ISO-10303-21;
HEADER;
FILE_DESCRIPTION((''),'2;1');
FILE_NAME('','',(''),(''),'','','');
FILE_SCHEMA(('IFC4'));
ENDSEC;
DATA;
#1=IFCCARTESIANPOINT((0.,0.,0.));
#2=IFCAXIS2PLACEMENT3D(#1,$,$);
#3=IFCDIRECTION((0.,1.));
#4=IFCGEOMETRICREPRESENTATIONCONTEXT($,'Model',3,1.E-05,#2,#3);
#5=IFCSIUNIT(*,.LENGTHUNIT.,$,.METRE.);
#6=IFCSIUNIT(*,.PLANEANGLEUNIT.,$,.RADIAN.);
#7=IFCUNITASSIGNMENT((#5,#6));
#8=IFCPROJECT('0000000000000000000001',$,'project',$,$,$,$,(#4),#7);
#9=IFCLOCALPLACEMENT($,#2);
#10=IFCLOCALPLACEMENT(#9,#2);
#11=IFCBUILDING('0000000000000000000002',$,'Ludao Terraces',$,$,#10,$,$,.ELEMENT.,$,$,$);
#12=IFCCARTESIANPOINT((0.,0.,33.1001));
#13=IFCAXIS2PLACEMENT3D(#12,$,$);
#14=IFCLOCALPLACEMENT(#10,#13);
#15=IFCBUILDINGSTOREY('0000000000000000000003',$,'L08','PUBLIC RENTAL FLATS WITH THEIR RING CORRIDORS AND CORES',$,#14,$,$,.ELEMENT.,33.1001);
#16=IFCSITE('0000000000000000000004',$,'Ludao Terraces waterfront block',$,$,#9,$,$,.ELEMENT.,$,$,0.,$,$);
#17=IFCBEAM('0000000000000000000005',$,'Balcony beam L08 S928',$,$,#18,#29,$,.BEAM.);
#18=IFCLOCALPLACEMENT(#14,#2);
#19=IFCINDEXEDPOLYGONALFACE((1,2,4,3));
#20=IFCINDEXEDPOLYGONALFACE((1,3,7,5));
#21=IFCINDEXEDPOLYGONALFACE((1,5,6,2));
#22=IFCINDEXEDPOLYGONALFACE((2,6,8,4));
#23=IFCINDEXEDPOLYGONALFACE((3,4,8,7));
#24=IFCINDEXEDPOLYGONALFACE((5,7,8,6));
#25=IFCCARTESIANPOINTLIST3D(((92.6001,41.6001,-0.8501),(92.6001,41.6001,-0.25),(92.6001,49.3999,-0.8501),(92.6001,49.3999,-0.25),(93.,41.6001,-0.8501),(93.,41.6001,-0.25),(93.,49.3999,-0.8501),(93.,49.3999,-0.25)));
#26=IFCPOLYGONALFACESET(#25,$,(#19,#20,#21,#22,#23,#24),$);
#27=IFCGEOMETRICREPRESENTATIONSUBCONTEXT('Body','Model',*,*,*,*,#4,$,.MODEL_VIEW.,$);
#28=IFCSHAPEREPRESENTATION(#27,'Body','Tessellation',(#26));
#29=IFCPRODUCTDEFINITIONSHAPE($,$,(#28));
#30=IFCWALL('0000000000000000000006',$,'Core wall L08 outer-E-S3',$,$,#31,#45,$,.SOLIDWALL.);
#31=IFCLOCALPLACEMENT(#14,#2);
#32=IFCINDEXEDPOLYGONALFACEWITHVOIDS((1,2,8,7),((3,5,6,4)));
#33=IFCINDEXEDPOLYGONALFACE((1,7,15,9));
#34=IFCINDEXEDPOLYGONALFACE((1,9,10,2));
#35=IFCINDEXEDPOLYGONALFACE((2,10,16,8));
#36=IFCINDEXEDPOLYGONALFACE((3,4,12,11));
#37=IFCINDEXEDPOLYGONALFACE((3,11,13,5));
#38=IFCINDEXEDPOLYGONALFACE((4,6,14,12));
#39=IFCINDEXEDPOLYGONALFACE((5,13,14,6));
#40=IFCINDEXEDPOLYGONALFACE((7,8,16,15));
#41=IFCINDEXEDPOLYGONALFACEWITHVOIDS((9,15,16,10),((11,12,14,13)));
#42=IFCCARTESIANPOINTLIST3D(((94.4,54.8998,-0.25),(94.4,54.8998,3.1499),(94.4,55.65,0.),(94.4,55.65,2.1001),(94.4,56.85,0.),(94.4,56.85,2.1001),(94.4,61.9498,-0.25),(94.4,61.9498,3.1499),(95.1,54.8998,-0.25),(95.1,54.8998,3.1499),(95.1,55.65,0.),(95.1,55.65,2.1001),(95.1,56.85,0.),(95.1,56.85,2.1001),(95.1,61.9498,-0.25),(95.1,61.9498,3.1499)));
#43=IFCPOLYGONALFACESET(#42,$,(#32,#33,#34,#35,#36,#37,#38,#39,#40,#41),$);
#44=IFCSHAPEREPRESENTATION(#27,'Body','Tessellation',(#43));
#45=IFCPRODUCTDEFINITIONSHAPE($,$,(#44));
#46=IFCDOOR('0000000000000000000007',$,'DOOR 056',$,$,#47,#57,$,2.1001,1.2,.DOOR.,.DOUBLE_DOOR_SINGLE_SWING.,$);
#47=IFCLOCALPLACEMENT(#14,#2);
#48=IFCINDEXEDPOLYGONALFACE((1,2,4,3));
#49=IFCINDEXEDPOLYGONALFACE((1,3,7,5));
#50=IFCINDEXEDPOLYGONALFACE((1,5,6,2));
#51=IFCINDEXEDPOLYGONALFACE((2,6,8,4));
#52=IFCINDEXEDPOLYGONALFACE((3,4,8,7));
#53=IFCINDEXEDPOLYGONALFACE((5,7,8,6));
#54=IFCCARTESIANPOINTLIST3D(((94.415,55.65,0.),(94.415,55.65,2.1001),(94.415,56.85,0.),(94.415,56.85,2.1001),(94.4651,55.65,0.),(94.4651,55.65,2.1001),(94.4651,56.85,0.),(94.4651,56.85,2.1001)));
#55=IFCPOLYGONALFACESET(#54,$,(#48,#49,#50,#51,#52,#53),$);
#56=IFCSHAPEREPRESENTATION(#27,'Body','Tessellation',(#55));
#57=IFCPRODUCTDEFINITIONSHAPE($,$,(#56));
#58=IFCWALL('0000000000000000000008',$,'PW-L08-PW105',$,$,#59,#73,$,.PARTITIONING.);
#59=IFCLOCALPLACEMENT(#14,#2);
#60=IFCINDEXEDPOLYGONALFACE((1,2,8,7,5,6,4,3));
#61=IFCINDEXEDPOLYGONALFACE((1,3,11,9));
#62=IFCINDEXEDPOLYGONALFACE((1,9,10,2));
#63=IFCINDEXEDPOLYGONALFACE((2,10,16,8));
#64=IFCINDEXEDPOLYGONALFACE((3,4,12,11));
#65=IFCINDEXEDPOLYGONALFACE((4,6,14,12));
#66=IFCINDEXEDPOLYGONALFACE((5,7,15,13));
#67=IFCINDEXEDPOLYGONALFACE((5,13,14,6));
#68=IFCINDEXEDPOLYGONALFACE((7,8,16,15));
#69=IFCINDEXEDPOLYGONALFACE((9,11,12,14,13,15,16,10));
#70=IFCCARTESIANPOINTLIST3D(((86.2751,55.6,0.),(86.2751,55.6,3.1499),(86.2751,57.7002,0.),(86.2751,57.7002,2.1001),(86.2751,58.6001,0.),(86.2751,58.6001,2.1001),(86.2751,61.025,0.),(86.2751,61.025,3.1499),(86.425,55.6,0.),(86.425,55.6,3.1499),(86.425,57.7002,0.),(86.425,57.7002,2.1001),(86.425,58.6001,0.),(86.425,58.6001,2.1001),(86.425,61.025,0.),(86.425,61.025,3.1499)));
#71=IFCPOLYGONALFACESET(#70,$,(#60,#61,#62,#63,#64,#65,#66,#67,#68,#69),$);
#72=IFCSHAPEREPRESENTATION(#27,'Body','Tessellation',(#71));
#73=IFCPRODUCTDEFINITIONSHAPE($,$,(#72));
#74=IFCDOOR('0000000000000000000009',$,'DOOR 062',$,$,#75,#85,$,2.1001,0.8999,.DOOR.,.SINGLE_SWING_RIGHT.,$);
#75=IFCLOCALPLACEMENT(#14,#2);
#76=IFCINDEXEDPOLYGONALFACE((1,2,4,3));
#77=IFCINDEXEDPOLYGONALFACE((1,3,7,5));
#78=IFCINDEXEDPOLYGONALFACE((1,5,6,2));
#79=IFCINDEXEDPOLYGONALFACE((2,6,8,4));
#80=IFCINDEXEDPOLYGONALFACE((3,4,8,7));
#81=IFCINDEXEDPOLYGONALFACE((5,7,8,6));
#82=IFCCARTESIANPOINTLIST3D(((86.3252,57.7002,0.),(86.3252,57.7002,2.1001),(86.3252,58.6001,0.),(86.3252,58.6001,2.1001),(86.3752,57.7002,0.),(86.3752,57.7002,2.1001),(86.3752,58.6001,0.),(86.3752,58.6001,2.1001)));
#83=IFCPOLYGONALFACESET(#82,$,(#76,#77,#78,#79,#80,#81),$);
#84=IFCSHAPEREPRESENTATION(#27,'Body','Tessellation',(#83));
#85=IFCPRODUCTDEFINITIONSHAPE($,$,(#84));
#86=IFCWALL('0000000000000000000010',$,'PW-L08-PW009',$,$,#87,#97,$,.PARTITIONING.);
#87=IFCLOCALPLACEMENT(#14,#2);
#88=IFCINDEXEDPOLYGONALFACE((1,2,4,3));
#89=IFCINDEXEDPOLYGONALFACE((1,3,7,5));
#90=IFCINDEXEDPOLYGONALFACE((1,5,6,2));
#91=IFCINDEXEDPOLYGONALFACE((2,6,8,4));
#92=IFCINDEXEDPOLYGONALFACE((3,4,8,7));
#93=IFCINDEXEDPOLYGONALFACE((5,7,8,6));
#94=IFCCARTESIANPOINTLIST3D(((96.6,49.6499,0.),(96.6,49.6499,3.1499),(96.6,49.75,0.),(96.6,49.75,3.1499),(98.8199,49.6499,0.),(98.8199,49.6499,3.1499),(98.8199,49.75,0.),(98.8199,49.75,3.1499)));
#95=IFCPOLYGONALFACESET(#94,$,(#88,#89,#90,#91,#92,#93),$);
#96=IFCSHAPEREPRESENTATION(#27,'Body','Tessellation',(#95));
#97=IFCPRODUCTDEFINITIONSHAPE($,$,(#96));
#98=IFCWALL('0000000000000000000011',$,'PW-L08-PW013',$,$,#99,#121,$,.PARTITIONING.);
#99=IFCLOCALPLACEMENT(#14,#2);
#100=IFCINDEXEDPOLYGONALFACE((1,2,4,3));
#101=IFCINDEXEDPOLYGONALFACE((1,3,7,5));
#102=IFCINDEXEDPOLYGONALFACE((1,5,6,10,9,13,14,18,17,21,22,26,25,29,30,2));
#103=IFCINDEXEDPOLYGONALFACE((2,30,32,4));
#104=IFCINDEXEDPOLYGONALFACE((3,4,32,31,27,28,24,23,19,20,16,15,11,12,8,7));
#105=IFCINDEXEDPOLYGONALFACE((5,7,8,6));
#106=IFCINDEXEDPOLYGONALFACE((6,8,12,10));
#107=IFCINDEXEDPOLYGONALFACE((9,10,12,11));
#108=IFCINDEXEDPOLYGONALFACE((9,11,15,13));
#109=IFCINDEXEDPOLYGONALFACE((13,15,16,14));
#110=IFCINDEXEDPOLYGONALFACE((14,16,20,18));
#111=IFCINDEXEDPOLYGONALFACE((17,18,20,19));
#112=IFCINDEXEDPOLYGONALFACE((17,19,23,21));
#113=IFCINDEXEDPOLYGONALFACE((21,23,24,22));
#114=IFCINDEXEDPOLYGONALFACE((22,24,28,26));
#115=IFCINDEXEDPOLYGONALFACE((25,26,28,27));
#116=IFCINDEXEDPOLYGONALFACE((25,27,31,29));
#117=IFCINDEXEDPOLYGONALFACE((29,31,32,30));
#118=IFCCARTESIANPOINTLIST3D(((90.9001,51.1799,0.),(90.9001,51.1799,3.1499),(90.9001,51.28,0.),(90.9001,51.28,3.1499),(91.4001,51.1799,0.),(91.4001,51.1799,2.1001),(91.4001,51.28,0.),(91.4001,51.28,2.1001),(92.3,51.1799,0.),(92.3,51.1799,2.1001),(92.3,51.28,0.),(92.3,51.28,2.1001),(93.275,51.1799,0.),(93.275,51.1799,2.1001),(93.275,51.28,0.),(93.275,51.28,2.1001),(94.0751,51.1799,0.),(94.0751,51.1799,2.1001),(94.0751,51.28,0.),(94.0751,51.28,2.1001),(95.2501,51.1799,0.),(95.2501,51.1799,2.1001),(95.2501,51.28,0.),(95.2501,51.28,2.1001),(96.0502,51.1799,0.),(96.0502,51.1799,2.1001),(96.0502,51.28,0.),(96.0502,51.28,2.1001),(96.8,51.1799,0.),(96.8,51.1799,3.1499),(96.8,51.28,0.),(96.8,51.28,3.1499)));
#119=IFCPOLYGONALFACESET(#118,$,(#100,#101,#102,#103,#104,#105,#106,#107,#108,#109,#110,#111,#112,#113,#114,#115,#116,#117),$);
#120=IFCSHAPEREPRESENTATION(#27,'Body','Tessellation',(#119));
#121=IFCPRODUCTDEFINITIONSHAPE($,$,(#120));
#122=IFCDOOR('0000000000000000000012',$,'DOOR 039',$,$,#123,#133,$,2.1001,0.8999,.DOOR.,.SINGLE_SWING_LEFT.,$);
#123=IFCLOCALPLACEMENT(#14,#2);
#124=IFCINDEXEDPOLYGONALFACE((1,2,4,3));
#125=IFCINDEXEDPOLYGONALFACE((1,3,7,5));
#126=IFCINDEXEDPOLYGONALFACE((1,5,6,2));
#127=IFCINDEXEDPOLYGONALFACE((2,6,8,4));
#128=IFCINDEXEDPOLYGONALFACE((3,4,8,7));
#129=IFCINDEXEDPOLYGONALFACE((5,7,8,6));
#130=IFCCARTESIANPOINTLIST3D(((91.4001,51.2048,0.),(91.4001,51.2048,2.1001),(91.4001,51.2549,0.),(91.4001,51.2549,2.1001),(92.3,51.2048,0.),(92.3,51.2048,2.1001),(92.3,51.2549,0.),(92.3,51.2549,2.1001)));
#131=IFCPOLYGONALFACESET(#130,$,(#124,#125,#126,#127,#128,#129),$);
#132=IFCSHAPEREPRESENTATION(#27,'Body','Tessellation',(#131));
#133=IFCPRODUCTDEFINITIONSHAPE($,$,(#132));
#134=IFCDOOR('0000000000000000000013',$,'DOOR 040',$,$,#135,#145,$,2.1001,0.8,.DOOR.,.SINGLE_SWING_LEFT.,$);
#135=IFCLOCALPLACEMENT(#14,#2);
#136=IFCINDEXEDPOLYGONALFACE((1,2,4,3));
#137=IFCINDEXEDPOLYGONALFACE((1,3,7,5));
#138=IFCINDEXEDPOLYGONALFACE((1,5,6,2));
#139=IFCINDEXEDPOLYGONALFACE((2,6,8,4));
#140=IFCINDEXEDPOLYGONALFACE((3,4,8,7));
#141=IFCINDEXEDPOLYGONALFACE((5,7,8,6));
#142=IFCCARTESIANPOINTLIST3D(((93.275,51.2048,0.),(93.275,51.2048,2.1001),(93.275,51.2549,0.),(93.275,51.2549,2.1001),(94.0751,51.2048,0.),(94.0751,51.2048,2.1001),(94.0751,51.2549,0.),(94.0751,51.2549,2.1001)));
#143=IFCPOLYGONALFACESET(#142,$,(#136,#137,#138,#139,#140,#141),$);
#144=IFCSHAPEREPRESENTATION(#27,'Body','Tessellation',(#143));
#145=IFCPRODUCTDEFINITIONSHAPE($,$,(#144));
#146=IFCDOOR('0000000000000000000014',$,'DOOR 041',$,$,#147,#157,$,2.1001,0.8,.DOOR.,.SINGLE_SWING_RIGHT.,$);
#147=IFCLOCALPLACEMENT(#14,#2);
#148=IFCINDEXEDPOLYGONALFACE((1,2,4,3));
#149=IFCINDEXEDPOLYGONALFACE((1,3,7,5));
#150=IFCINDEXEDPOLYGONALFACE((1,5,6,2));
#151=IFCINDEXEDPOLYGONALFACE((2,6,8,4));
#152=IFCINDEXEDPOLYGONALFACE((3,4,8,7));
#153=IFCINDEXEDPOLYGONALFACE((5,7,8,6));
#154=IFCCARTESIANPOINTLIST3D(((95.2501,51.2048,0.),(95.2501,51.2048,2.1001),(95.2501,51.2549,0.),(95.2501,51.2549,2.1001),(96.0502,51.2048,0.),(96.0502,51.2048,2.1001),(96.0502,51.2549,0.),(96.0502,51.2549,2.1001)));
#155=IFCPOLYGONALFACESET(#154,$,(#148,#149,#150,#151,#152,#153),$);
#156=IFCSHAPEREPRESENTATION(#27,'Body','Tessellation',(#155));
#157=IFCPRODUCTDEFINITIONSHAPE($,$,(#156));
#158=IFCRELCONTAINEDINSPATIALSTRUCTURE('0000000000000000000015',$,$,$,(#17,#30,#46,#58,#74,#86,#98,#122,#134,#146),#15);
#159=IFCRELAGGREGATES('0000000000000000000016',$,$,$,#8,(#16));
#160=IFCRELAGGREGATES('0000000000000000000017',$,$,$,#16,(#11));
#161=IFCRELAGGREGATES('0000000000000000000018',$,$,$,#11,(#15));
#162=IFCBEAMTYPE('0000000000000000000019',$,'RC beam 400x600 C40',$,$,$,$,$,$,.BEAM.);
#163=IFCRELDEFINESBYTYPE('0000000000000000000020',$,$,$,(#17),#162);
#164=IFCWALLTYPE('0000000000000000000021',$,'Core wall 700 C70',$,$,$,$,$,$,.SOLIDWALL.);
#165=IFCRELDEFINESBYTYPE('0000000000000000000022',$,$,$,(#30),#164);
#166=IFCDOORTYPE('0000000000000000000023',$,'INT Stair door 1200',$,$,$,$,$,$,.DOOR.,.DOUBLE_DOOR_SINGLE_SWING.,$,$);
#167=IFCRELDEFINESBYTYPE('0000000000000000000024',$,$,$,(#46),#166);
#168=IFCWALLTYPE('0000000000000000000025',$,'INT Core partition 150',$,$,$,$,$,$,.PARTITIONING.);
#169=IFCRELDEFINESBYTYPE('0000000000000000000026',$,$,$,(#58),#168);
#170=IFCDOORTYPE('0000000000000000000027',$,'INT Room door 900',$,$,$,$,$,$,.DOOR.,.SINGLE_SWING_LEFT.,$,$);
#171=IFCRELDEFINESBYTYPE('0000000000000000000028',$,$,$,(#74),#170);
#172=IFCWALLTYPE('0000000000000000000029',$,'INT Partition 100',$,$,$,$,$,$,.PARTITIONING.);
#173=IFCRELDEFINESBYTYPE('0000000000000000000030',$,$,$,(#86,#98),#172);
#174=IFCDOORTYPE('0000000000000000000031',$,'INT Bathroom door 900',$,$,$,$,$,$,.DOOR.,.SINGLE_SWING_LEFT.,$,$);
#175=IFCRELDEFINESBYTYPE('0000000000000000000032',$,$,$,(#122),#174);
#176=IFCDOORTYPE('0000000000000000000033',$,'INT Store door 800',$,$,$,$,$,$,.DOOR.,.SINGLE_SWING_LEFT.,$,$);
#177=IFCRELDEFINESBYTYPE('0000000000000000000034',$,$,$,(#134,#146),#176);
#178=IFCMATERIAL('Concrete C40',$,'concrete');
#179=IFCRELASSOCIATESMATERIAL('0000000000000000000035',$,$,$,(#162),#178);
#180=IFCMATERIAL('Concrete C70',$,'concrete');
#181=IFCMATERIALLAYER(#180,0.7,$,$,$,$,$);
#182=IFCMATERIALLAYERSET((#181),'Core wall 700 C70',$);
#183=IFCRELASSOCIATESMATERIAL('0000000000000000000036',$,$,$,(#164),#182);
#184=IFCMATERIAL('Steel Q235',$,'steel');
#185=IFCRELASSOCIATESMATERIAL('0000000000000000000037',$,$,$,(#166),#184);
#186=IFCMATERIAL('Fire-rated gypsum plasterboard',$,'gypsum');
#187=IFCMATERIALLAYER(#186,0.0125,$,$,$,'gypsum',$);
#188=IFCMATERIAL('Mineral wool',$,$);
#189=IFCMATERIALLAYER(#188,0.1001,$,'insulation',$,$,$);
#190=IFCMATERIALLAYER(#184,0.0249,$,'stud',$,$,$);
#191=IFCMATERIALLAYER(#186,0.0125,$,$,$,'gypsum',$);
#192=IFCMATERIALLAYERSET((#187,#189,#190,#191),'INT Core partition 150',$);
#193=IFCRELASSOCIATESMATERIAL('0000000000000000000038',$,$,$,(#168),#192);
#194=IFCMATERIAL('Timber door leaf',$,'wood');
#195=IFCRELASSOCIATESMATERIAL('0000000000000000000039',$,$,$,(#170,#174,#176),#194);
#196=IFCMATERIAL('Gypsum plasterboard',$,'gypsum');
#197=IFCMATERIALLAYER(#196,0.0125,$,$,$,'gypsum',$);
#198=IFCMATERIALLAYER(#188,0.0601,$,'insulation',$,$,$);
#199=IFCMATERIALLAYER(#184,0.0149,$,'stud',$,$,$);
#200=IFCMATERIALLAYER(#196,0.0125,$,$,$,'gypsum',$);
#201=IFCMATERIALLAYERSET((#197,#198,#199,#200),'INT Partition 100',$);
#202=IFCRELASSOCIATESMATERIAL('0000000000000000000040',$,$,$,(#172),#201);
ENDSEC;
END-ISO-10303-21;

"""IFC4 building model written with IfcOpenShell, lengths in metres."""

from ifc_helpers import new_model, si_unit, direction, frame, frame_2d, origin, origin_2d, place, context, subcontext, project, spatial, rectangle, extrude, material, layer, layer_set, material_profile, profile_set, type_object, element, fill, save


model = new_model("IFC4")

# Units and contexts
model_context = context("Model", 3, precision=1e-05, world=origin(), true_north=direction((0.0, 1.0)))
body_context = subcontext(model_context, "Body", "Model", "MODEL_VIEW")
ifc_project = project(units=[si_unit("LENGTHUNIT", "METRE"), si_unit("PLANEANGLEUNIT", "RADIAN")], contexts=[model_context])

# Site, building, storey
site_placement = place(None, origin())
site = spatial("IfcSite", under=ifc_project, at=site_placement, Name="Ludao Terraces waterfront block", CompositionType="ELEMENT", RefElevation=0.0)
building_placement = place(site_placement, origin())
building = spatial("IfcBuilding", under=site, at=building_placement, Name="Ludao Terraces", CompositionType="ELEMENT")
storey_placement = place(building_placement, frame((0.0, 0.0, 33.1001)))
storey = spatial("IfcBuildingStorey", under=building, at=storey_placement, Name="L08", Description="PUBLIC RENTAL FLATS WITH THEIR RING CORRIDORS AND CORES", CompositionType="ELEMENT", Elevation=33.1001)

# Beam
ifc_material_1 = material(Name="Concrete C40", Category="concrete")
ifc_material_profile = material_profile(ifc_material_1, rectangle(XDim=0.3999, YDim=0.6001, at=origin_2d()), Name="400 X 600")
ifc_profile_set = profile_set([ifc_material_profile], Name="Concrete C40")
beam_type = type_object("IfcBeamType", Name="RC beam 400x600 C40", PredefinedType="BEAM", material=ifc_profile_set)
beam_placement = place(storey_placement, frame((92.8, 49.3999, -0.55), z_axis=(0.0, -1.0, 0.0), x_axis=(1.0, 0.0, 0.0)))
element("IfcBeam", 1, at=beam_placement, inside=storey, type_object=beam_type, Name="Balcony beam L08 S928", PredefinedType="BEAM", context=body_context, shape_type="SweptSolid", body=[
    extrude(rectangle(XDim=0.3999, YDim=0.6001, at=origin_2d()), origin(), (0.0, 0.0, 1.0), 7.7998),
])

# Walls, openings, doors
ifc_material_2 = material(Name="Concrete C70", Category="concrete")
ifc_layer_1 = layer(ifc_material_2, 0.7)
ifc_layer_set_1 = layer_set([ifc_layer_1], Name="Core wall 700 C70")
wall_type_1 = type_object("IfcWallType", Name="Core wall 700 C70", PredefinedType="SOLIDWALL", material=ifc_layer_set_1)
wall_1_placement = place(storey_placement, frame((94.75, 54.8999, -0.25), z_axis=(0.0, 0.0, 1.0), x_axis=(0.0, 1.0, 0.0)))
wall_1 = element("IfcWall", 2, at=wall_1_placement, inside=storey, type_object=wall_type_1, Name="Core wall L08 outer-E-S3", PredefinedType="SOLIDWALL", context=body_context, shape_type="SweptSolid", body=[
    extrude(rectangle(XDim=7.05, YDim=0.7, at=frame_2d((3.5249, 0.0))), origin(), (0.0, 0.0, 1.0), 3.3999),
])
opening_1_placement = place(wall_1_placement, frame((0.75, 0.0, 0.25)))
opening_1 = element("IfcOpeningElement", 3, at=opening_1_placement, cuts=wall_1, PredefinedType="OPENING", context=body_context, shape_type="SweptSolid", body=[
    extrude(rectangle(XDim=1.2, YDim=2.1001, at=frame_2d((0.6001, 1.05))), frame((0.0, 0.3599, 0.0), z_axis=(0.0, -1.0, 0.0), x_axis=(1.0, 0.0, 0.0)), (0.0, 0.0, 1.0), 0.72),
])
ifc_material_3 = material(Name="Steel Q235", Category="steel")
door_type_1 = type_object("IfcDoorType", Name="INT Stair door 1200", OperationType="DOUBLE_DOOR_SINGLE_SWING", PredefinedType="DOOR", material=ifc_material_3)
door_1_placement = place(opening_1_placement, origin())
door_1 = element("IfcDoor", 4, at=door_1_placement, inside=storey, type_object=door_type_1, Name="DOOR 056", OperationType="DOUBLE_DOOR_SINGLE_SWING", OverallHeight=2.1001, OverallWidth=1.2, PredefinedType="DOOR", context=body_context, shape_type="SweptSolid", body=[
    extrude(rectangle(XDim=1.2, YDim=2.1001, at=frame_2d((0.6001, 1.05))), frame((0.0, 0.335, 0.0), z_axis=(0.0, -1.0, 0.0), x_axis=(1.0, 0.0, 0.0)), (0.0, 0.0, 1.0), 0.05),
])
fill(opening_1, door_1)
ifc_material_4 = material(Name="Fire-rated gypsum plasterboard", Category="gypsum")
ifc_layer_2 = layer(ifc_material_4, 0.0125, Category="gypsum")
ifc_material_5 = material(Name="Mineral wool")
ifc_layer_3 = layer(ifc_material_5, 0.1001, Name="insulation")
ifc_layer_4 = layer(ifc_material_3, 0.0249, Name="stud")
ifc_layer_5 = layer(ifc_material_4, 0.0125, Category="gypsum")
ifc_layer_set_2 = layer_set([ifc_layer_2, ifc_layer_3, ifc_layer_4, ifc_layer_5], Name="INT Core partition 150")
wall_type_2 = type_object("IfcWallType", Name="INT Core partition 150", PredefinedType="PARTITIONING", material=ifc_layer_set_2)
wall_2_placement = place(storey_placement, frame((86.3501, 55.6001, 0.0), z_axis=(0.0, 0.0, 1.0), x_axis=(0.0, 1.0, 0.0)))
wall_2 = element("IfcWall", 5, at=wall_2_placement, inside=storey, type_object=wall_type_2, Name="PW-L08-PW105", PredefinedType="PARTITIONING", context=body_context, shape_type="SweptSolid", body=[
    extrude(rectangle(XDim=5.425, YDim=0.1499, at=frame_2d((2.7124, 0.0))), origin(), (0.0, 0.0, 1.0), 3.1499),
])
opening_2_placement = place(wall_2_placement, frame((2.1001, 0.0, 0.0)))
opening_2 = element("IfcOpeningElement", 6, at=opening_2_placement, cuts=wall_2, PredefinedType="OPENING", context=body_context, shape_type="SweptSolid", body=[
    extrude(rectangle(XDim=0.8999, YDim=2.1001, at=frame_2d((0.45, 1.05))), frame((0.0, 0.085, 0.0), z_axis=(0.0, -1.0, 0.0), x_axis=(1.0, 0.0, 0.0)), (0.0, 0.0, 1.0), 0.1699),
])
ifc_material_6 = material(Name="Timber door leaf", Category="wood")
door_type_2 = type_object("IfcDoorType", Name="INT Room door 900", OperationType="SINGLE_SWING_LEFT", PredefinedType="DOOR", material=ifc_material_6)
door_2_placement = place(opening_2_placement, origin())
door_2 = element("IfcDoor", 7, at=door_2_placement, inside=storey, type_object=door_type_2, Name="DOOR 062", OperationType="SINGLE_SWING_RIGHT", OverallHeight=2.1001, OverallWidth=0.8999, PredefinedType="DOOR", context=body_context, shape_type="SweptSolid", body=[
    extrude(rectangle(XDim=0.8999, YDim=2.1001, at=frame_2d((0.45, 1.05))), frame((0.0, 0.0249, 0.0), z_axis=(0.0, -1.0, 0.0), x_axis=(1.0, 0.0, 0.0)), (0.0, 0.0, 1.0), 0.05),
])
fill(opening_2, door_2)

# Wall
ifc_material_7 = material(Name="Gypsum plasterboard", Category="gypsum")
ifc_layer_6 = layer(ifc_material_7, 0.0125, Category="gypsum")
ifc_layer_7 = layer(ifc_material_5, 0.0601, Name="insulation")
ifc_layer_8 = layer(ifc_material_3, 0.0149, Name="stud")
ifc_layer_9 = layer(ifc_material_7, 0.0125, Category="gypsum")
ifc_layer_set_3 = layer_set([ifc_layer_6, ifc_layer_7, ifc_layer_8, ifc_layer_9], Name="INT Partition 100")
wall_type_3 = type_object("IfcWallType", Name="INT Partition 100", PredefinedType="PARTITIONING", material=ifc_layer_set_3)
wall_3_placement = place(storey_placement, frame((96.6001, 49.7, 0.0), z_axis=(0.0, 0.0, 1.0), x_axis=(1.0, 0.0, 0.0)))
element("IfcWall", 8, at=wall_3_placement, inside=storey, type_object=wall_type_3, Name="PW-L08-PW009", PredefinedType="PARTITIONING", context=body_context, shape_type="SweptSolid", body=[
    extrude(rectangle(XDim=2.22, YDim=0.1001, at=frame_2d((1.1099, 0.0))), origin(), (0.0, 0.0, 1.0), 3.1499),
])

# Wall, openings, doors
wall_4_placement = place(storey_placement, frame((90.9001, 51.23, 0.0), z_axis=(0.0, 0.0, 1.0), x_axis=(1.0, 0.0, 0.0)))
wall_4 = element("IfcWall", 9, at=wall_4_placement, inside=storey, type_object=wall_type_3, Name="PW-L08-PW013", PredefinedType="PARTITIONING", context=body_context, shape_type="SweptSolid", body=[
    extrude(rectangle(XDim=5.8999, YDim=0.1001, at=frame_2d((2.95, 0.0))), origin(), (0.0, 0.0, 1.0), 3.1499),
])
opening_3_placement = place(wall_4_placement, frame((0.5, 0.0, 0.0)))
opening_3 = element("IfcOpeningElement", 10, at=opening_3_placement, cuts=wall_4, PredefinedType="OPENING", context=body_context, shape_type="SweptSolid", body=[
    extrude(rectangle(XDim=0.8999, YDim=2.1001, at=frame_2d((0.45, 1.05))), frame((0.0, 0.0601, 0.0), z_axis=(0.0, -1.0, 0.0), x_axis=(1.0, 0.0, 0.0)), (0.0, 0.0, 1.0), 0.1201),
])
opening_4_placement = place(wall_4_placement, frame((2.375, 0.0, 0.0)))
opening_4 = element("IfcOpeningElement", 11, at=opening_4_placement, cuts=wall_4, PredefinedType="OPENING", context=body_context, shape_type="SweptSolid", body=[
    extrude(rectangle(XDim=0.8, YDim=2.1001, at=frame_2d((0.3999, 1.05))), frame((0.0, 0.0601, 0.0), z_axis=(0.0, -1.0, 0.0), x_axis=(1.0, 0.0, 0.0)), (0.0, 0.0, 1.0), 0.1201),
])
opening_5_placement = place(wall_4_placement, frame((4.3501, 0.0, 0.0)))
opening_5 = element("IfcOpeningElement", 12, at=opening_5_placement, cuts=wall_4, PredefinedType="OPENING", context=body_context, shape_type="SweptSolid", body=[
    extrude(rectangle(XDim=0.8, YDim=2.1001, at=frame_2d((0.3999, 1.05))), frame((0.0, 0.0601, 0.0), z_axis=(0.0, -1.0, 0.0), x_axis=(1.0, 0.0, 0.0)), (0.0, 0.0, 1.0), 0.1201),
])
door_type_3 = type_object("IfcDoorType", Name="INT Bathroom door 900", OperationType="SINGLE_SWING_LEFT", PredefinedType="DOOR", material=ifc_material_6)
door_3_placement = place(opening_3_placement, origin())
door_3 = element("IfcDoor", 13, at=door_3_placement, inside=storey, type_object=door_type_3, Name="DOOR 039", OperationType="SINGLE_SWING_LEFT", OverallHeight=2.1001, OverallWidth=0.8999, PredefinedType="DOOR", context=body_context, shape_type="SweptSolid", body=[
    extrude(rectangle(XDim=0.8999, YDim=2.1001, at=frame_2d((0.45, 1.05))), frame((0.0, 0.0249, 0.0), z_axis=(0.0, -1.0, 0.0), x_axis=(1.0, 0.0, 0.0)), (0.0, 0.0, 1.0), 0.05),
])
fill(opening_3, door_3)
door_type_4 = type_object("IfcDoorType", Name="INT Store door 800", OperationType="SINGLE_SWING_LEFT", PredefinedType="DOOR", material=ifc_material_6)
door_4_placement = place(opening_4_placement, origin())
door_4 = element("IfcDoor", 14, at=door_4_placement, inside=storey, type_object=door_type_4, Name="DOOR 040", OperationType="SINGLE_SWING_LEFT", OverallHeight=2.1001, OverallWidth=0.8, PredefinedType="DOOR", context=body_context, shape_type="SweptSolid", body=[
    extrude(rectangle(XDim=0.8, YDim=2.1001, at=frame_2d((0.3999, 1.05))), frame((0.0, 0.0249, 0.0), z_axis=(0.0, -1.0, 0.0), x_axis=(1.0, 0.0, 0.0)), (0.0, 0.0, 1.0), 0.05),
])
fill(opening_4, door_4)
door_5_placement = place(opening_5_placement, origin())
door_5 = element("IfcDoor", 15, at=door_5_placement, inside=storey, type_object=door_type_4, Name="DOOR 041", OperationType="SINGLE_SWING_RIGHT", OverallHeight=2.1001, OverallWidth=0.8, PredefinedType="DOOR", context=body_context, shape_type="SweptSolid", body=[
    extrude(rectangle(XDim=0.8, YDim=2.1001, at=frame_2d((0.3999, 1.05))), frame((0.0, 0.0249, 0.0), z_axis=(0.0, -1.0, 0.0), x_axis=(1.0, 0.0, 0.0)), (0.0, 0.0, 1.0), 0.05),
])
fill(opening_5, door_5)

save(model, "model.ifc")
